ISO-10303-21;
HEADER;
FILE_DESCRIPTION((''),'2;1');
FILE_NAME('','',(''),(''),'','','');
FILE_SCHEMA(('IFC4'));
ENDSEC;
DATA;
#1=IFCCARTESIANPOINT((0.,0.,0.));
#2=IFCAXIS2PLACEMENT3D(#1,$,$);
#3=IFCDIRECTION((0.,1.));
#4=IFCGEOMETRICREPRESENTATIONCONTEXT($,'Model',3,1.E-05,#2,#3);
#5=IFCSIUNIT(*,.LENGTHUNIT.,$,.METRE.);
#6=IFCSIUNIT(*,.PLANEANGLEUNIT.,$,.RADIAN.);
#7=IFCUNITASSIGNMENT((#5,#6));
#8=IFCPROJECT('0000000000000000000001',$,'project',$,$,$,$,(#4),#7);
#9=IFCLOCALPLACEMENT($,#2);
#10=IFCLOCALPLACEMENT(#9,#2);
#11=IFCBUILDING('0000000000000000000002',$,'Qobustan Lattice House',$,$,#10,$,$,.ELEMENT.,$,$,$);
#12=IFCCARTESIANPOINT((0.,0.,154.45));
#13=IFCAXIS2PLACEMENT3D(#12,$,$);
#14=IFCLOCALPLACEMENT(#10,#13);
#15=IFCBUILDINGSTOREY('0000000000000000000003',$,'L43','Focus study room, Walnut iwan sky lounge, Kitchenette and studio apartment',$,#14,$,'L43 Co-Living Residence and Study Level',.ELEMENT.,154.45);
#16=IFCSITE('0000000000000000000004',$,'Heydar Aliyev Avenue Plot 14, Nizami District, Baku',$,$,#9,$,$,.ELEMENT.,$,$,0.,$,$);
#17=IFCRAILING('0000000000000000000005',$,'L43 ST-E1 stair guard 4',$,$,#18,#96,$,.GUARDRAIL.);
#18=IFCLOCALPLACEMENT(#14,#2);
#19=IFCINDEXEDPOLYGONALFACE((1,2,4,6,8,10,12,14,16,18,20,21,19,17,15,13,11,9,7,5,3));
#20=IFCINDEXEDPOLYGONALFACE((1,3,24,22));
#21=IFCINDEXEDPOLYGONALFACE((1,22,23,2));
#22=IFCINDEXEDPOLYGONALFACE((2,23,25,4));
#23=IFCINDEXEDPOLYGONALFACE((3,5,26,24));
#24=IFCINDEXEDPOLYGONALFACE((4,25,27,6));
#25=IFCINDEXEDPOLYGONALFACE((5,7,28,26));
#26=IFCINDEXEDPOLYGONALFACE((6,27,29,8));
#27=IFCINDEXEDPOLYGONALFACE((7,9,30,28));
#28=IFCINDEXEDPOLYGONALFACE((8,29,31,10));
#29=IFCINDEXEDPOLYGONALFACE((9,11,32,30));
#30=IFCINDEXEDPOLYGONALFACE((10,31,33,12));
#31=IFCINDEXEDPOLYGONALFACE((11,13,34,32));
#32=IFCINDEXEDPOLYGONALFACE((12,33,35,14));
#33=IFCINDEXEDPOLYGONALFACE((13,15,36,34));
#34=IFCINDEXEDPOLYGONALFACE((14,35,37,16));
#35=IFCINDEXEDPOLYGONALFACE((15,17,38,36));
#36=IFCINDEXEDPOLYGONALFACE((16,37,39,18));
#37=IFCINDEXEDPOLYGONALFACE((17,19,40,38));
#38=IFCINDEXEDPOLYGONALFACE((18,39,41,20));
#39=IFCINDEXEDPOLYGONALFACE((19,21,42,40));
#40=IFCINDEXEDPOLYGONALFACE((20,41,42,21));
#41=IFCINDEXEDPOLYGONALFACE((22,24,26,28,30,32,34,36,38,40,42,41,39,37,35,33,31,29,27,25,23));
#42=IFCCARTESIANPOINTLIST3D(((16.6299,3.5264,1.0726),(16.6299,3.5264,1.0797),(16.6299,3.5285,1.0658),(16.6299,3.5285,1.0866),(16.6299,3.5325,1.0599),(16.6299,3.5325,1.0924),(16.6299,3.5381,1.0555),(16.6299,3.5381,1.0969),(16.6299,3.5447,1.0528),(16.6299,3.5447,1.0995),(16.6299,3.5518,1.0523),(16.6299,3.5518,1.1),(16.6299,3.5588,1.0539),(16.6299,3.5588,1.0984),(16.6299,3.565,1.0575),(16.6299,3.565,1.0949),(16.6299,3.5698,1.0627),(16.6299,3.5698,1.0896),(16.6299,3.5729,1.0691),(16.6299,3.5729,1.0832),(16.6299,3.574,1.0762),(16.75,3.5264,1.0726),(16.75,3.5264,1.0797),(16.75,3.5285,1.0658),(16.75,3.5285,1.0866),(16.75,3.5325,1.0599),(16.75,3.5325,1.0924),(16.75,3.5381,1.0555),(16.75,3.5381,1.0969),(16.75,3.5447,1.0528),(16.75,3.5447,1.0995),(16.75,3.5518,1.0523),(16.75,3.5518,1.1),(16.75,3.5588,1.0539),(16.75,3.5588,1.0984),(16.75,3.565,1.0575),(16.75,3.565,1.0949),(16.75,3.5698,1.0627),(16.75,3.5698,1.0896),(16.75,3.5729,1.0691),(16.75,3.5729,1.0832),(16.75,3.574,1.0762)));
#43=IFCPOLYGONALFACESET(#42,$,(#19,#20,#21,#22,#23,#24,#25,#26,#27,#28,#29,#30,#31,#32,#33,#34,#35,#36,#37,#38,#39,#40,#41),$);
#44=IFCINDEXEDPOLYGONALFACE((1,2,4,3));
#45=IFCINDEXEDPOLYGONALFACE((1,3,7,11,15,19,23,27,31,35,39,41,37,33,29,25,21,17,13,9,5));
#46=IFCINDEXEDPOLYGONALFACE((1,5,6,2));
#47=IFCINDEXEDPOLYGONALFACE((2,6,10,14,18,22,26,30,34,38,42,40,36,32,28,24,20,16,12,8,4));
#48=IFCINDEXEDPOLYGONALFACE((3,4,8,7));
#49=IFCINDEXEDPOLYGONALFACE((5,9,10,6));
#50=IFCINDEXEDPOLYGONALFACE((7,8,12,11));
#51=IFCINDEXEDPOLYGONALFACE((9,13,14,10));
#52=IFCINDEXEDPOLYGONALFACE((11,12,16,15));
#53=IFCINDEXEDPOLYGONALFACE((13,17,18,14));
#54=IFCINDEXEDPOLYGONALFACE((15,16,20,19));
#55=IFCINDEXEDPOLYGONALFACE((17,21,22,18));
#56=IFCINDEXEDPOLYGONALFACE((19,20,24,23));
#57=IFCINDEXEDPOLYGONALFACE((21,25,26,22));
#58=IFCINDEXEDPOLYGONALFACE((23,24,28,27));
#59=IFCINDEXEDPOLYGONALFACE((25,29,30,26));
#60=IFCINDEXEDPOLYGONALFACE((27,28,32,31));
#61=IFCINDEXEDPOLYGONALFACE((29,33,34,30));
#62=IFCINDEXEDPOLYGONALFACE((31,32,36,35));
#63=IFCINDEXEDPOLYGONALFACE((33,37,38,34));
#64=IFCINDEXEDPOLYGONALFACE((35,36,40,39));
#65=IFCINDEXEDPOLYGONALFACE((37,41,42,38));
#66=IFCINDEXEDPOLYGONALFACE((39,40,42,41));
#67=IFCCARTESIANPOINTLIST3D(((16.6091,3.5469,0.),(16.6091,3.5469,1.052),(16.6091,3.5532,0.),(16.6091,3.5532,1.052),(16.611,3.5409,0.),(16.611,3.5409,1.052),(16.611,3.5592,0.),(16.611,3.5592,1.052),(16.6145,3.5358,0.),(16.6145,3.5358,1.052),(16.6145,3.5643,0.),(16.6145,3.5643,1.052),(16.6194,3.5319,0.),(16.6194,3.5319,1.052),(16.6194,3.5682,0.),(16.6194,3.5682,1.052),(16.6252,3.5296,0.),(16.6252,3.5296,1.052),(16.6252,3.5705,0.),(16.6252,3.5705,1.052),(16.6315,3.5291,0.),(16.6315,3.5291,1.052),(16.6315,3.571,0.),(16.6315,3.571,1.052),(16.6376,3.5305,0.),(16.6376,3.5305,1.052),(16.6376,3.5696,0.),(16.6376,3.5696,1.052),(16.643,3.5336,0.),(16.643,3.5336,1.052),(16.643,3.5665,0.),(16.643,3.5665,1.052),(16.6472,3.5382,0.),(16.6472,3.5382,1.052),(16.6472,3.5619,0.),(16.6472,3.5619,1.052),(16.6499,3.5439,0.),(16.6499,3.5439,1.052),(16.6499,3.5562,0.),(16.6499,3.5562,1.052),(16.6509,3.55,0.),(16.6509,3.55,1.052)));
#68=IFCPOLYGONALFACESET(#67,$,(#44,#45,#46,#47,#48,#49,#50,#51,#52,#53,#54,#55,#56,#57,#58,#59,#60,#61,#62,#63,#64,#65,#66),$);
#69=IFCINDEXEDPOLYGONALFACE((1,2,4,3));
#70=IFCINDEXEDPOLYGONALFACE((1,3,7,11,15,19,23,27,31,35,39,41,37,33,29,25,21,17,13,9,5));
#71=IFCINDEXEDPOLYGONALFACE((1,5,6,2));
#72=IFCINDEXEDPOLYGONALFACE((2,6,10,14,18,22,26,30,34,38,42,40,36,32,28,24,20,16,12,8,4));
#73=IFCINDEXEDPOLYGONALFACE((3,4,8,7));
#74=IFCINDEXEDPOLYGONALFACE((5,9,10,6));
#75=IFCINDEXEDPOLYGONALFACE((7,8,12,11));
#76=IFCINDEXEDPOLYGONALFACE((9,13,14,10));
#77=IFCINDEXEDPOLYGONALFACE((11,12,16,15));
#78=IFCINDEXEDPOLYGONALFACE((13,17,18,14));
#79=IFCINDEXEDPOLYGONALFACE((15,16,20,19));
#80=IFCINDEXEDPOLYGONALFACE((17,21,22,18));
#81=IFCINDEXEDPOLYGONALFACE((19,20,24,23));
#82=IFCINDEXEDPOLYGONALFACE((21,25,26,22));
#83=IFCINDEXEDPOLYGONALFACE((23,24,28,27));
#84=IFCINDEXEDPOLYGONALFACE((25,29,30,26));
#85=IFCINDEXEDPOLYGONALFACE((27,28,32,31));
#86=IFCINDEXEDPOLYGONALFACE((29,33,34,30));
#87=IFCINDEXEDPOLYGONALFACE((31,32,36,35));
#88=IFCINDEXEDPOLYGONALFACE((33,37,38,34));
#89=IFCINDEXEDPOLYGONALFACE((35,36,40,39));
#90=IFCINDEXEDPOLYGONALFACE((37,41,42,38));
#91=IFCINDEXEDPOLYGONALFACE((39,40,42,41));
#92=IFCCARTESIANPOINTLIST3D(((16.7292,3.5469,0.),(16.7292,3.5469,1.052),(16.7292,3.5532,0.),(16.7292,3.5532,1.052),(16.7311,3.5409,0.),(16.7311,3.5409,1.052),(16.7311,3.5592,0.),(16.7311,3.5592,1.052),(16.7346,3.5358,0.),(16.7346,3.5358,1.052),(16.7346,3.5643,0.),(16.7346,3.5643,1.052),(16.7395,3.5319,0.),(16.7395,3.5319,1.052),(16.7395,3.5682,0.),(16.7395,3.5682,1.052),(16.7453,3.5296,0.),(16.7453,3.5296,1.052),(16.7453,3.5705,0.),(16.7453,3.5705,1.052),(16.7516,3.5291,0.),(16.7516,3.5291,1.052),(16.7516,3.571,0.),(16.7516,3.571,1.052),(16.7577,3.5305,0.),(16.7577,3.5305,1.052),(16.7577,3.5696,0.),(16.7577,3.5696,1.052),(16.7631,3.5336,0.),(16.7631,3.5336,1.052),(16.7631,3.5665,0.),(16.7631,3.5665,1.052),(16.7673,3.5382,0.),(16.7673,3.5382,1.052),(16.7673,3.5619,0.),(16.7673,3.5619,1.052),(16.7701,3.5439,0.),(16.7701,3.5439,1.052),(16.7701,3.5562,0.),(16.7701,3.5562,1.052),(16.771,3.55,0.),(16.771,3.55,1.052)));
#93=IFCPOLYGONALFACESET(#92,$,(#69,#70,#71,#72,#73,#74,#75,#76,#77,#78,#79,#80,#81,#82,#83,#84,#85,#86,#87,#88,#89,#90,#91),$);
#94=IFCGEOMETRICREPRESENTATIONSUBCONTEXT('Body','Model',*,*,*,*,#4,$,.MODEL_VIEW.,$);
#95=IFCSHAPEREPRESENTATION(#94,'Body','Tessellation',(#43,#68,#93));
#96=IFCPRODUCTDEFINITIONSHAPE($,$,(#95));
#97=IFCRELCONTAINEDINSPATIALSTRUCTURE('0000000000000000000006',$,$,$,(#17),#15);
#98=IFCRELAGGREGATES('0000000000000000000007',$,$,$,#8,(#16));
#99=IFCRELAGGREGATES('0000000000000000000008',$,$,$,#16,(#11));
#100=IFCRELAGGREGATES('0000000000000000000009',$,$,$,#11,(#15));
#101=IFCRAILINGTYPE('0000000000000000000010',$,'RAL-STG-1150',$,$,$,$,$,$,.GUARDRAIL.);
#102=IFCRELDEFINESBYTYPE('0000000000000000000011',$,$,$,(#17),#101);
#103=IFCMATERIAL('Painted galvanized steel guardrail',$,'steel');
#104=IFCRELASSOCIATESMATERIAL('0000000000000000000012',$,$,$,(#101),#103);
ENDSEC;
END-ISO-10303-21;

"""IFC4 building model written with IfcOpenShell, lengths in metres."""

from ifc_helpers import new_model, si_unit, direction, frame, origin, origin_2d, place, context, subcontext, project, spatial, circle, extrude, material, type_object, element, save


model = new_model("IFC4")

# Units and contexts
model_context = context("Model", 3, precision=1e-05, world=origin(), true_north=direction((0.0, 1.0)))
body_context = subcontext(model_context, "Body", "Model", "MODEL_VIEW")
ifc_project = project(units=[si_unit("LENGTHUNIT", "METRE"), si_unit("PLANEANGLEUNIT", "RADIAN")], contexts=[model_context])

# Site, building, storey
site_placement = place(None, origin())
site = spatial("IfcSite", under=ifc_project, at=site_placement, Name="Heydar Aliyev Avenue Plot 14, Nizami District, Baku", CompositionType="ELEMENT", RefElevation=0.0)
building_placement = place(site_placement, origin())
building = spatial("IfcBuilding", under=site, at=building_placement, Name="Qobustan Lattice House", CompositionType="ELEMENT")
storey_placement = place(building_placement, frame((0.0, 0.0, 154.45)))
storey = spatial("IfcBuildingStorey", under=building, at=storey_placement, Name="L43", Description="Focus study room, Walnut iwan sky lounge, Kitchenette and studio apartment", LongName="L43 Co-Living Residence and Study Level", CompositionType="ELEMENT", Elevation=154.45)

# Railing
ifc_material_1 = material(Name="Painted galvanized steel guardrail", Category="steel")
railing_type_1 = type_object("IfcRailingType", Name="RAL-STG-1150", PredefinedType="GUARDRAIL", material=ifc_material_1)
railing_1_placement = place(storey_placement, frame((16.6299, 3.55, 0.0)))
element("IfcRailing", 1, at=railing_1_placement, inside=storey, type_object=railing_type_1, Name="L43 ST-E1 stair guard 4", PredefinedType="GUARDRAIL", context=body_context, shape_type="SweptSolid", body=[
    extrude(circle(Radius=0.0239, at=origin_2d()), frame((0.0, 0.0, 1.0762), z_axis=(1.0, 0.0, 0.0), x_axis=(0.0, 1.0, 0.0)), (0.0, 0.0, 1.0), 0.1201),
    extrude(circle(Radius=0.021, at=origin_2d()), origin(), (0.0, 0.0, 1.0), 1.052),
    extrude(circle(Radius=0.021, at=origin_2d()), frame((0.1201, 0.0, 0.0)), (0.0, 0.0, 1.0), 1.052),
])

save(model, "model.ifc")
